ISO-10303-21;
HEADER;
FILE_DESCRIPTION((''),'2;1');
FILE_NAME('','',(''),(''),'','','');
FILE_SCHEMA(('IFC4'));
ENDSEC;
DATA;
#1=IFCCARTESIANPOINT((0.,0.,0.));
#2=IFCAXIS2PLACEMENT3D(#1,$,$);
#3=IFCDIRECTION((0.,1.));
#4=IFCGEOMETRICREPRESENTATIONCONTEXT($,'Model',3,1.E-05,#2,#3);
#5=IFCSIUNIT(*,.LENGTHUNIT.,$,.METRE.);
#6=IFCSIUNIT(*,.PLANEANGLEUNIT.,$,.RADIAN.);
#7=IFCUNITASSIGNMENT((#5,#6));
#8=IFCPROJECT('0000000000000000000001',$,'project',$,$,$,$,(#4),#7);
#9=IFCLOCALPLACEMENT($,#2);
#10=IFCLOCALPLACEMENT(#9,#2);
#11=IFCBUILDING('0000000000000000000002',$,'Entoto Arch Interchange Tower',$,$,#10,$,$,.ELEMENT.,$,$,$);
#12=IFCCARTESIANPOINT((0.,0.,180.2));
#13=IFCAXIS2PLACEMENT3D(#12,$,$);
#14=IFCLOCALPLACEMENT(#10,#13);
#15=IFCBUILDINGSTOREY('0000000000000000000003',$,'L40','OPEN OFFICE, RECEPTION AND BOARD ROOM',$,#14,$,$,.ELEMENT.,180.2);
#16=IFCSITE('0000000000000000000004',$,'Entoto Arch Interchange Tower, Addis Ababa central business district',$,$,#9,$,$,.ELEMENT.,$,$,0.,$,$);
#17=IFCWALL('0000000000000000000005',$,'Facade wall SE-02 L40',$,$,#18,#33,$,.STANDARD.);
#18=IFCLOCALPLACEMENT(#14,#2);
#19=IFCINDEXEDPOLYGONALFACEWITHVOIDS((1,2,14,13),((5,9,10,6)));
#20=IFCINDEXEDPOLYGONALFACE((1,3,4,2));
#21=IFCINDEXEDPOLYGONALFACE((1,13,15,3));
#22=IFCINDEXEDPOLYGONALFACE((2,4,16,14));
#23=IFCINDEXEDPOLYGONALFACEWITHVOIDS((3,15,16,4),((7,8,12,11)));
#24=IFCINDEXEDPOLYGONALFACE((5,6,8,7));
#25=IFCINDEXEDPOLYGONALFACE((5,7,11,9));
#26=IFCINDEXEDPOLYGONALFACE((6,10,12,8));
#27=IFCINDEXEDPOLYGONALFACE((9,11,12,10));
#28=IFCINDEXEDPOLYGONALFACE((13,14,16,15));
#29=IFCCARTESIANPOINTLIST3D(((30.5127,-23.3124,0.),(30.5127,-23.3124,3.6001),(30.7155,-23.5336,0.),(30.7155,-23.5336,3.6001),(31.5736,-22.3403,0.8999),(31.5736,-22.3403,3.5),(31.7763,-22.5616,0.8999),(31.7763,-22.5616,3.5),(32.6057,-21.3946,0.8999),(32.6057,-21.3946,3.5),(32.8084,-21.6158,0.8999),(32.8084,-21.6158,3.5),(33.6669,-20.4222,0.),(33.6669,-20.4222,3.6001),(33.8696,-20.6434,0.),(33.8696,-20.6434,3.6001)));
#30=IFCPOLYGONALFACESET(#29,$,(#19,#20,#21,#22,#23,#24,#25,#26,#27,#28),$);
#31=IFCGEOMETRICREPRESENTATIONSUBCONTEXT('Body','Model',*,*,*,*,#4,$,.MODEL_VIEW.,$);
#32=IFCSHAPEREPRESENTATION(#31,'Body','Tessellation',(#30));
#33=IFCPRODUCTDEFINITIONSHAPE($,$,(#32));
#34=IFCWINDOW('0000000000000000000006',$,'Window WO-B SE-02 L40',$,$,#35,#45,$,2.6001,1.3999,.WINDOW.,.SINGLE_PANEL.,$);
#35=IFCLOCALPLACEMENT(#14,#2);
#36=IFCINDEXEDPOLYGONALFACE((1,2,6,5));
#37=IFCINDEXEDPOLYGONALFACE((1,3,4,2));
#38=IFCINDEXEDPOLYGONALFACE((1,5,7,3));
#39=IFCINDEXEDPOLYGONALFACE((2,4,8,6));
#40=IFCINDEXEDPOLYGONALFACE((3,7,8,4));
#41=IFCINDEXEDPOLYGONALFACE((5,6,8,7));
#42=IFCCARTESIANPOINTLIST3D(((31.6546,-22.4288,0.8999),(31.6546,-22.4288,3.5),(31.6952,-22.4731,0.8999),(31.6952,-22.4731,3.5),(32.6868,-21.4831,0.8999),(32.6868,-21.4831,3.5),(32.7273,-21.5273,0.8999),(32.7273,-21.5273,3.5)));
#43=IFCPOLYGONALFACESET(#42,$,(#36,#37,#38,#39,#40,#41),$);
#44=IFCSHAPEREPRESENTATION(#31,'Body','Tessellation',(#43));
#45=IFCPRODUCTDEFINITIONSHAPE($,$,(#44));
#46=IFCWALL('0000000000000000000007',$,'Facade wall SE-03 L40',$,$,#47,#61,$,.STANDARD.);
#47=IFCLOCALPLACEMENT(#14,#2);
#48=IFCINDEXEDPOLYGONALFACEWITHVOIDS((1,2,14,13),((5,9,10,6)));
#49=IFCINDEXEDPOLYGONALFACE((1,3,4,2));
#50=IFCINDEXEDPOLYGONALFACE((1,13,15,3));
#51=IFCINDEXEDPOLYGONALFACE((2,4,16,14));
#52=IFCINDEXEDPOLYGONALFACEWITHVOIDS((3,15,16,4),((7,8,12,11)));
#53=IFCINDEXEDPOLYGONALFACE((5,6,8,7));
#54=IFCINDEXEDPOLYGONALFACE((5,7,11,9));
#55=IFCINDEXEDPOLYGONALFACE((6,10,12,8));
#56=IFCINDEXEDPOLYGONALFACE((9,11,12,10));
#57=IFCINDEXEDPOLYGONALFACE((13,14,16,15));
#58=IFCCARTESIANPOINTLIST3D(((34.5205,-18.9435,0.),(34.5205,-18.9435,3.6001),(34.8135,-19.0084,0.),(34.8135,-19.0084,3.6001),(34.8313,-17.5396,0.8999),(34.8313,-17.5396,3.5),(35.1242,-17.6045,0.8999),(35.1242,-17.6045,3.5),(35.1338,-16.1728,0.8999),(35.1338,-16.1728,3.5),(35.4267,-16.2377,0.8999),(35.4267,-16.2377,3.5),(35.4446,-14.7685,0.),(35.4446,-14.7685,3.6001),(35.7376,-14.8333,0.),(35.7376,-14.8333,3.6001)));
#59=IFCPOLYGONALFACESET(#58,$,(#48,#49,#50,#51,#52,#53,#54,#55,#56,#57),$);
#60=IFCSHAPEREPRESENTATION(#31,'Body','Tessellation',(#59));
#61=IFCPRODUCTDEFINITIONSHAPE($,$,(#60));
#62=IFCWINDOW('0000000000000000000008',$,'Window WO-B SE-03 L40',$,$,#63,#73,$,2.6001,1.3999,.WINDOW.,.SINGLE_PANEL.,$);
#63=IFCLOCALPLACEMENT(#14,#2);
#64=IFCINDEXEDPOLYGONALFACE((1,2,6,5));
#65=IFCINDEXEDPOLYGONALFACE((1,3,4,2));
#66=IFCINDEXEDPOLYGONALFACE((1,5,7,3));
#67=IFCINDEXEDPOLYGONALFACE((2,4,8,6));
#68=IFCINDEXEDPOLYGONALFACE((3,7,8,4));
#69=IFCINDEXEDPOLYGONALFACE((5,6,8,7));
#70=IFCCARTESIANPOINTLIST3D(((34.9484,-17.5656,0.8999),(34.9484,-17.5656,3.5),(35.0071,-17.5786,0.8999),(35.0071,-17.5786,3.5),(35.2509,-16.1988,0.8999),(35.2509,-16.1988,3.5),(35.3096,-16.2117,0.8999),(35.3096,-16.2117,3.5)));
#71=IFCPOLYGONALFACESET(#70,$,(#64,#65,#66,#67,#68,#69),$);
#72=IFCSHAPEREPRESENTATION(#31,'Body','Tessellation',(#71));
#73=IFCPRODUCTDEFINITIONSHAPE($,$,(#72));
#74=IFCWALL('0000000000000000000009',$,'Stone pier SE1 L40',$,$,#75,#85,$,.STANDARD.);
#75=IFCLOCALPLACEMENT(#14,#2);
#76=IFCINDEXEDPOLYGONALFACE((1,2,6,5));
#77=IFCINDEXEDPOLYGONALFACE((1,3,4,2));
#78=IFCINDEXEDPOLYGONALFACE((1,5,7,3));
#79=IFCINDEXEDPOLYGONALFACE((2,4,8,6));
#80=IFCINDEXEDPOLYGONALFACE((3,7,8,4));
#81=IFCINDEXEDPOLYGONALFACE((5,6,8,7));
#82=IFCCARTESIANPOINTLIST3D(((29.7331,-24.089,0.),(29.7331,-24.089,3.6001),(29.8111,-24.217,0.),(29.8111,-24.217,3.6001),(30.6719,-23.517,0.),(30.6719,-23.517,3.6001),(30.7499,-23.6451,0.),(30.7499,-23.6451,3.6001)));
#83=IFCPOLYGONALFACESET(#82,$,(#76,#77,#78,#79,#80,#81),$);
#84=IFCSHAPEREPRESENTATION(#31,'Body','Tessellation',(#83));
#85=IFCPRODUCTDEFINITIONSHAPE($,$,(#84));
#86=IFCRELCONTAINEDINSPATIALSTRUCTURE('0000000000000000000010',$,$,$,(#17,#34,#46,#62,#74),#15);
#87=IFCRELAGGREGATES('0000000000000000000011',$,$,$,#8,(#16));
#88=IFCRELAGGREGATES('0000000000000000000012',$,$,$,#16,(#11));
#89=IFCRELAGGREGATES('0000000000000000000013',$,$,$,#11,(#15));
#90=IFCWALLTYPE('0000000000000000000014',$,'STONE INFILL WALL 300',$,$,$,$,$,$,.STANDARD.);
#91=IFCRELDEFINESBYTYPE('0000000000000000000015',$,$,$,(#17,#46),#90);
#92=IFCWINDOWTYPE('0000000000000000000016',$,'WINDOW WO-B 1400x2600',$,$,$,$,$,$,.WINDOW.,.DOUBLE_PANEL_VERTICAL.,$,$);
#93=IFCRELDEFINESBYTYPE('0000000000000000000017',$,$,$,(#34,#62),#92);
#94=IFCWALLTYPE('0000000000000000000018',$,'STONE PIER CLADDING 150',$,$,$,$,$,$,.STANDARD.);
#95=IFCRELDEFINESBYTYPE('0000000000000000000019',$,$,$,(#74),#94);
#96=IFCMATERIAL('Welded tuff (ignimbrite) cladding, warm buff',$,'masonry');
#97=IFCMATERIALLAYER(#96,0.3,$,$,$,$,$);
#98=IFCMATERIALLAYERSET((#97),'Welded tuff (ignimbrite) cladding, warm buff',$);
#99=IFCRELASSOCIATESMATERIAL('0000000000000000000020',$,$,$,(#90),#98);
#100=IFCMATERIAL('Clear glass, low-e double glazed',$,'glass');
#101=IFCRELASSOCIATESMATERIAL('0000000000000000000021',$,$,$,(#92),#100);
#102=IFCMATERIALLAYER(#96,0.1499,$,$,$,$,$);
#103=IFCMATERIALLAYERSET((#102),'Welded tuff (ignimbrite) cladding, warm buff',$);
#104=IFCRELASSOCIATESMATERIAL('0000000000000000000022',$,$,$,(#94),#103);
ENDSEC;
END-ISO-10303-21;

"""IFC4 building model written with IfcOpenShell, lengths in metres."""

from ifc_helpers import new_model, si_unit, direction, frame, frame_2d, origin, place, context, subcontext, project, spatial, rectangle, extrude, material, layer, layer_set, type_object, element, fill, save


model = new_model("IFC4")

# Units and contexts
model_context = context("Model", 3, precision=1e-05, world=origin(), true_north=direction((0.0, 1.0)))
body_context = subcontext(model_context, "Body", "Model", "MODEL_VIEW")
ifc_project = project(units=[si_unit("LENGTHUNIT", "METRE"), si_unit("PLANEANGLEUNIT", "RADIAN")], contexts=[model_context])

# Site, building, storey
site_placement = place(None, origin())
site = spatial("IfcSite", under=ifc_project, at=site_placement, Name="Entoto Arch Interchange Tower, Addis Ababa central business district", CompositionType="ELEMENT", RefElevation=0.0)
building_placement = place(site_placement, origin())
building = spatial("IfcBuilding", under=site, at=building_placement, Name="Entoto Arch Interchange Tower", CompositionType="ELEMENT")
storey_placement = place(building_placement, frame((0.0, 0.0, 180.2)))
storey = spatial("IfcBuildingStorey", under=building, at=storey_placement, Name="L40", Description="OPEN OFFICE, RECEPTION AND BOARD ROOM", CompositionType="ELEMENT", Elevation=180.2)

# Walls, openings, windows
ifc_material_1 = material(Name="Welded tuff (ignimbrite) cladding, warm buff", Category="masonry")
ifc_layer_1 = layer(ifc_material_1, 0.3)
ifc_layer_set_1 = layer_set([ifc_layer_1], Name="Welded tuff (ignimbrite) cladding, warm buff")
wall_type_1 = type_object("IfcWallType", Name="STONE INFILL WALL 300", PredefinedType="STANDARD", material=ifc_layer_set_1)
ifc_material_2 = material(Name="Clear glass, low-e double glazed", Category="glass")
window_type = type_object("IfcWindowType", Name="WINDOW WO-B 1400x2600", PartitioningType="DOUBLE_PANEL_VERTICAL", PredefinedType="WINDOW", material=ifc_material_2)
wall_1_placement = place(storey_placement, frame((30.614, -23.4231, 0.0), z_axis=(0.0, 0.0, 1.0), x_axis=(0.73728, 0.675588, 0.0)))
wall_1 = element("IfcWall", 1, at=wall_1_placement, inside=storey, type_object=wall_type_1, Name="Facade wall SE-02 L40", PredefinedType="STANDARD", context=body_context, shape_type="SweptSolid", body=[
    extrude(rectangle(XDim=4.2781, YDim=0.3, at=frame_2d((2.1392, 0.0))), origin(), (0.0, 0.0, 1.0), 3.6001),
])
opening_1_placement = place(wall_1_placement, frame((1.439, 0.0, 0.8999)))
opening_1 = element("IfcOpeningElement", 2, at=opening_1_placement, cuts=wall_1, PredefinedType="OPENING", context=body_context, shape_type="SweptSolid", body=[
    extrude(rectangle(XDim=1.3999, YDim=2.6001, at=frame_2d((0.7, 1.3))), frame((0.0, 0.1602, 0.0), z_axis=(0.0, -1.0, 0.0), x_axis=(1.0, 0.0, 0.0)), (0.0, 0.0, 1.0), 0.3201),
])
window_1_placement = place(opening_1_placement, origin())
window_1 = element("IfcWindow", 3, at=window_1_placement, inside=storey, type_object=window_type, Name="Window WO-B SE-02 L40", OverallHeight=2.6001, OverallWidth=1.3999, PartitioningType="SINGLE_PANEL", PredefinedType="WINDOW", context=body_context, shape_type="SweptSolid", body=[
    extrude(rectangle(XDim=1.3999, YDim=2.6001, at=frame_2d((0.7, 1.3))), frame((0.0, 0.03, 0.0), z_axis=(0.0, -1.0, 0.0), x_axis=(1.0, 0.0, 0.0)), (0.0, 0.0, 1.0), 0.0601),
])
fill(opening_1, window_1)
wall_2_placement = place(storey_placement, frame((34.667, -18.9761, 0.0), z_axis=(0.0, 0.0, 1.0), x_axis=(0.216102, 0.976371, 0.0)))
wall_2 = element("IfcWall", 4, at=wall_2_placement, inside=storey, type_object=wall_type_1, Name="Facade wall SE-03 L40", PredefinedType="STANDARD", context=body_context, shape_type="SweptSolid", body=[
    extrude(rectangle(XDim=4.2761, YDim=0.3, at=frame_2d((2.1382, 0.0))), origin(), (0.0, 0.0, 1.0), 3.6001),
])
opening_2_placement = place(wall_2_placement, frame((1.438, 0.0, 0.8999)))
opening_2 = element("IfcOpeningElement", 5, at=opening_2_placement, cuts=wall_2, PredefinedType="OPENING", context=body_context, shape_type="SweptSolid", body=[
    extrude(rectangle(XDim=1.3999, YDim=2.6001, at=frame_2d((0.7, 1.3))), frame((0.0, 0.1602, 0.0), z_axis=(0.0, -1.0, 0.0), x_axis=(1.0, 0.0, 0.0)), (0.0, 0.0, 1.0), 0.3201),
])
window_2_placement = place(opening_2_placement, origin())
window_2 = element("IfcWindow", 6, at=window_2_placement, inside=storey, type_object=window_type, Name="Window WO-B SE-03 L40", OverallHeight=2.6001, OverallWidth=1.3999, PartitioningType="SINGLE_PANEL", PredefinedType="WINDOW", context=body_context, shape_type="SweptSolid", body=[
    extrude(rectangle(XDim=1.3999, YDim=2.6001, at=frame_2d((0.7, 1.3))), frame((0.0, 0.03, 0.0), z_axis=(0.0, -1.0, 0.0), x_axis=(1.0, 0.0, 0.0)), (0.0, 0.0, 1.0), 0.0601),
])
fill(opening_2, window_2)

# Wall
ifc_layer_2 = layer(ifc_material_1, 0.1499)
ifc_layer_set_2 = layer_set([ifc_layer_2], Name="Welded tuff (ignimbrite) cladding, warm buff")
wall_type_2 = type_object("IfcWallType", Name="STONE PIER CLADDING 150", PredefinedType="STANDARD", material=ifc_layer_set_2)
wall_3_placement = place(storey_placement, frame((29.772, -24.1531, 0.0), z_axis=(0.0, 0.0, 1.0), x_axis=(0.854006, 0.520264, 0.0)))
element("IfcWall", 7, at=wall_3_placement, inside=storey, type_object=wall_type_2, Name="Stone pier SE1 L40", PredefinedType="STANDARD", context=body_context, shape_type="SweptSolid", body=[
    extrude(rectangle(XDim=1.0994, YDim=0.1499, at=frame_2d((0.5498, 0.0))), origin(), (0.0, 0.0, 1.0), 3.6001),
])

save(model, "model.ifc")
